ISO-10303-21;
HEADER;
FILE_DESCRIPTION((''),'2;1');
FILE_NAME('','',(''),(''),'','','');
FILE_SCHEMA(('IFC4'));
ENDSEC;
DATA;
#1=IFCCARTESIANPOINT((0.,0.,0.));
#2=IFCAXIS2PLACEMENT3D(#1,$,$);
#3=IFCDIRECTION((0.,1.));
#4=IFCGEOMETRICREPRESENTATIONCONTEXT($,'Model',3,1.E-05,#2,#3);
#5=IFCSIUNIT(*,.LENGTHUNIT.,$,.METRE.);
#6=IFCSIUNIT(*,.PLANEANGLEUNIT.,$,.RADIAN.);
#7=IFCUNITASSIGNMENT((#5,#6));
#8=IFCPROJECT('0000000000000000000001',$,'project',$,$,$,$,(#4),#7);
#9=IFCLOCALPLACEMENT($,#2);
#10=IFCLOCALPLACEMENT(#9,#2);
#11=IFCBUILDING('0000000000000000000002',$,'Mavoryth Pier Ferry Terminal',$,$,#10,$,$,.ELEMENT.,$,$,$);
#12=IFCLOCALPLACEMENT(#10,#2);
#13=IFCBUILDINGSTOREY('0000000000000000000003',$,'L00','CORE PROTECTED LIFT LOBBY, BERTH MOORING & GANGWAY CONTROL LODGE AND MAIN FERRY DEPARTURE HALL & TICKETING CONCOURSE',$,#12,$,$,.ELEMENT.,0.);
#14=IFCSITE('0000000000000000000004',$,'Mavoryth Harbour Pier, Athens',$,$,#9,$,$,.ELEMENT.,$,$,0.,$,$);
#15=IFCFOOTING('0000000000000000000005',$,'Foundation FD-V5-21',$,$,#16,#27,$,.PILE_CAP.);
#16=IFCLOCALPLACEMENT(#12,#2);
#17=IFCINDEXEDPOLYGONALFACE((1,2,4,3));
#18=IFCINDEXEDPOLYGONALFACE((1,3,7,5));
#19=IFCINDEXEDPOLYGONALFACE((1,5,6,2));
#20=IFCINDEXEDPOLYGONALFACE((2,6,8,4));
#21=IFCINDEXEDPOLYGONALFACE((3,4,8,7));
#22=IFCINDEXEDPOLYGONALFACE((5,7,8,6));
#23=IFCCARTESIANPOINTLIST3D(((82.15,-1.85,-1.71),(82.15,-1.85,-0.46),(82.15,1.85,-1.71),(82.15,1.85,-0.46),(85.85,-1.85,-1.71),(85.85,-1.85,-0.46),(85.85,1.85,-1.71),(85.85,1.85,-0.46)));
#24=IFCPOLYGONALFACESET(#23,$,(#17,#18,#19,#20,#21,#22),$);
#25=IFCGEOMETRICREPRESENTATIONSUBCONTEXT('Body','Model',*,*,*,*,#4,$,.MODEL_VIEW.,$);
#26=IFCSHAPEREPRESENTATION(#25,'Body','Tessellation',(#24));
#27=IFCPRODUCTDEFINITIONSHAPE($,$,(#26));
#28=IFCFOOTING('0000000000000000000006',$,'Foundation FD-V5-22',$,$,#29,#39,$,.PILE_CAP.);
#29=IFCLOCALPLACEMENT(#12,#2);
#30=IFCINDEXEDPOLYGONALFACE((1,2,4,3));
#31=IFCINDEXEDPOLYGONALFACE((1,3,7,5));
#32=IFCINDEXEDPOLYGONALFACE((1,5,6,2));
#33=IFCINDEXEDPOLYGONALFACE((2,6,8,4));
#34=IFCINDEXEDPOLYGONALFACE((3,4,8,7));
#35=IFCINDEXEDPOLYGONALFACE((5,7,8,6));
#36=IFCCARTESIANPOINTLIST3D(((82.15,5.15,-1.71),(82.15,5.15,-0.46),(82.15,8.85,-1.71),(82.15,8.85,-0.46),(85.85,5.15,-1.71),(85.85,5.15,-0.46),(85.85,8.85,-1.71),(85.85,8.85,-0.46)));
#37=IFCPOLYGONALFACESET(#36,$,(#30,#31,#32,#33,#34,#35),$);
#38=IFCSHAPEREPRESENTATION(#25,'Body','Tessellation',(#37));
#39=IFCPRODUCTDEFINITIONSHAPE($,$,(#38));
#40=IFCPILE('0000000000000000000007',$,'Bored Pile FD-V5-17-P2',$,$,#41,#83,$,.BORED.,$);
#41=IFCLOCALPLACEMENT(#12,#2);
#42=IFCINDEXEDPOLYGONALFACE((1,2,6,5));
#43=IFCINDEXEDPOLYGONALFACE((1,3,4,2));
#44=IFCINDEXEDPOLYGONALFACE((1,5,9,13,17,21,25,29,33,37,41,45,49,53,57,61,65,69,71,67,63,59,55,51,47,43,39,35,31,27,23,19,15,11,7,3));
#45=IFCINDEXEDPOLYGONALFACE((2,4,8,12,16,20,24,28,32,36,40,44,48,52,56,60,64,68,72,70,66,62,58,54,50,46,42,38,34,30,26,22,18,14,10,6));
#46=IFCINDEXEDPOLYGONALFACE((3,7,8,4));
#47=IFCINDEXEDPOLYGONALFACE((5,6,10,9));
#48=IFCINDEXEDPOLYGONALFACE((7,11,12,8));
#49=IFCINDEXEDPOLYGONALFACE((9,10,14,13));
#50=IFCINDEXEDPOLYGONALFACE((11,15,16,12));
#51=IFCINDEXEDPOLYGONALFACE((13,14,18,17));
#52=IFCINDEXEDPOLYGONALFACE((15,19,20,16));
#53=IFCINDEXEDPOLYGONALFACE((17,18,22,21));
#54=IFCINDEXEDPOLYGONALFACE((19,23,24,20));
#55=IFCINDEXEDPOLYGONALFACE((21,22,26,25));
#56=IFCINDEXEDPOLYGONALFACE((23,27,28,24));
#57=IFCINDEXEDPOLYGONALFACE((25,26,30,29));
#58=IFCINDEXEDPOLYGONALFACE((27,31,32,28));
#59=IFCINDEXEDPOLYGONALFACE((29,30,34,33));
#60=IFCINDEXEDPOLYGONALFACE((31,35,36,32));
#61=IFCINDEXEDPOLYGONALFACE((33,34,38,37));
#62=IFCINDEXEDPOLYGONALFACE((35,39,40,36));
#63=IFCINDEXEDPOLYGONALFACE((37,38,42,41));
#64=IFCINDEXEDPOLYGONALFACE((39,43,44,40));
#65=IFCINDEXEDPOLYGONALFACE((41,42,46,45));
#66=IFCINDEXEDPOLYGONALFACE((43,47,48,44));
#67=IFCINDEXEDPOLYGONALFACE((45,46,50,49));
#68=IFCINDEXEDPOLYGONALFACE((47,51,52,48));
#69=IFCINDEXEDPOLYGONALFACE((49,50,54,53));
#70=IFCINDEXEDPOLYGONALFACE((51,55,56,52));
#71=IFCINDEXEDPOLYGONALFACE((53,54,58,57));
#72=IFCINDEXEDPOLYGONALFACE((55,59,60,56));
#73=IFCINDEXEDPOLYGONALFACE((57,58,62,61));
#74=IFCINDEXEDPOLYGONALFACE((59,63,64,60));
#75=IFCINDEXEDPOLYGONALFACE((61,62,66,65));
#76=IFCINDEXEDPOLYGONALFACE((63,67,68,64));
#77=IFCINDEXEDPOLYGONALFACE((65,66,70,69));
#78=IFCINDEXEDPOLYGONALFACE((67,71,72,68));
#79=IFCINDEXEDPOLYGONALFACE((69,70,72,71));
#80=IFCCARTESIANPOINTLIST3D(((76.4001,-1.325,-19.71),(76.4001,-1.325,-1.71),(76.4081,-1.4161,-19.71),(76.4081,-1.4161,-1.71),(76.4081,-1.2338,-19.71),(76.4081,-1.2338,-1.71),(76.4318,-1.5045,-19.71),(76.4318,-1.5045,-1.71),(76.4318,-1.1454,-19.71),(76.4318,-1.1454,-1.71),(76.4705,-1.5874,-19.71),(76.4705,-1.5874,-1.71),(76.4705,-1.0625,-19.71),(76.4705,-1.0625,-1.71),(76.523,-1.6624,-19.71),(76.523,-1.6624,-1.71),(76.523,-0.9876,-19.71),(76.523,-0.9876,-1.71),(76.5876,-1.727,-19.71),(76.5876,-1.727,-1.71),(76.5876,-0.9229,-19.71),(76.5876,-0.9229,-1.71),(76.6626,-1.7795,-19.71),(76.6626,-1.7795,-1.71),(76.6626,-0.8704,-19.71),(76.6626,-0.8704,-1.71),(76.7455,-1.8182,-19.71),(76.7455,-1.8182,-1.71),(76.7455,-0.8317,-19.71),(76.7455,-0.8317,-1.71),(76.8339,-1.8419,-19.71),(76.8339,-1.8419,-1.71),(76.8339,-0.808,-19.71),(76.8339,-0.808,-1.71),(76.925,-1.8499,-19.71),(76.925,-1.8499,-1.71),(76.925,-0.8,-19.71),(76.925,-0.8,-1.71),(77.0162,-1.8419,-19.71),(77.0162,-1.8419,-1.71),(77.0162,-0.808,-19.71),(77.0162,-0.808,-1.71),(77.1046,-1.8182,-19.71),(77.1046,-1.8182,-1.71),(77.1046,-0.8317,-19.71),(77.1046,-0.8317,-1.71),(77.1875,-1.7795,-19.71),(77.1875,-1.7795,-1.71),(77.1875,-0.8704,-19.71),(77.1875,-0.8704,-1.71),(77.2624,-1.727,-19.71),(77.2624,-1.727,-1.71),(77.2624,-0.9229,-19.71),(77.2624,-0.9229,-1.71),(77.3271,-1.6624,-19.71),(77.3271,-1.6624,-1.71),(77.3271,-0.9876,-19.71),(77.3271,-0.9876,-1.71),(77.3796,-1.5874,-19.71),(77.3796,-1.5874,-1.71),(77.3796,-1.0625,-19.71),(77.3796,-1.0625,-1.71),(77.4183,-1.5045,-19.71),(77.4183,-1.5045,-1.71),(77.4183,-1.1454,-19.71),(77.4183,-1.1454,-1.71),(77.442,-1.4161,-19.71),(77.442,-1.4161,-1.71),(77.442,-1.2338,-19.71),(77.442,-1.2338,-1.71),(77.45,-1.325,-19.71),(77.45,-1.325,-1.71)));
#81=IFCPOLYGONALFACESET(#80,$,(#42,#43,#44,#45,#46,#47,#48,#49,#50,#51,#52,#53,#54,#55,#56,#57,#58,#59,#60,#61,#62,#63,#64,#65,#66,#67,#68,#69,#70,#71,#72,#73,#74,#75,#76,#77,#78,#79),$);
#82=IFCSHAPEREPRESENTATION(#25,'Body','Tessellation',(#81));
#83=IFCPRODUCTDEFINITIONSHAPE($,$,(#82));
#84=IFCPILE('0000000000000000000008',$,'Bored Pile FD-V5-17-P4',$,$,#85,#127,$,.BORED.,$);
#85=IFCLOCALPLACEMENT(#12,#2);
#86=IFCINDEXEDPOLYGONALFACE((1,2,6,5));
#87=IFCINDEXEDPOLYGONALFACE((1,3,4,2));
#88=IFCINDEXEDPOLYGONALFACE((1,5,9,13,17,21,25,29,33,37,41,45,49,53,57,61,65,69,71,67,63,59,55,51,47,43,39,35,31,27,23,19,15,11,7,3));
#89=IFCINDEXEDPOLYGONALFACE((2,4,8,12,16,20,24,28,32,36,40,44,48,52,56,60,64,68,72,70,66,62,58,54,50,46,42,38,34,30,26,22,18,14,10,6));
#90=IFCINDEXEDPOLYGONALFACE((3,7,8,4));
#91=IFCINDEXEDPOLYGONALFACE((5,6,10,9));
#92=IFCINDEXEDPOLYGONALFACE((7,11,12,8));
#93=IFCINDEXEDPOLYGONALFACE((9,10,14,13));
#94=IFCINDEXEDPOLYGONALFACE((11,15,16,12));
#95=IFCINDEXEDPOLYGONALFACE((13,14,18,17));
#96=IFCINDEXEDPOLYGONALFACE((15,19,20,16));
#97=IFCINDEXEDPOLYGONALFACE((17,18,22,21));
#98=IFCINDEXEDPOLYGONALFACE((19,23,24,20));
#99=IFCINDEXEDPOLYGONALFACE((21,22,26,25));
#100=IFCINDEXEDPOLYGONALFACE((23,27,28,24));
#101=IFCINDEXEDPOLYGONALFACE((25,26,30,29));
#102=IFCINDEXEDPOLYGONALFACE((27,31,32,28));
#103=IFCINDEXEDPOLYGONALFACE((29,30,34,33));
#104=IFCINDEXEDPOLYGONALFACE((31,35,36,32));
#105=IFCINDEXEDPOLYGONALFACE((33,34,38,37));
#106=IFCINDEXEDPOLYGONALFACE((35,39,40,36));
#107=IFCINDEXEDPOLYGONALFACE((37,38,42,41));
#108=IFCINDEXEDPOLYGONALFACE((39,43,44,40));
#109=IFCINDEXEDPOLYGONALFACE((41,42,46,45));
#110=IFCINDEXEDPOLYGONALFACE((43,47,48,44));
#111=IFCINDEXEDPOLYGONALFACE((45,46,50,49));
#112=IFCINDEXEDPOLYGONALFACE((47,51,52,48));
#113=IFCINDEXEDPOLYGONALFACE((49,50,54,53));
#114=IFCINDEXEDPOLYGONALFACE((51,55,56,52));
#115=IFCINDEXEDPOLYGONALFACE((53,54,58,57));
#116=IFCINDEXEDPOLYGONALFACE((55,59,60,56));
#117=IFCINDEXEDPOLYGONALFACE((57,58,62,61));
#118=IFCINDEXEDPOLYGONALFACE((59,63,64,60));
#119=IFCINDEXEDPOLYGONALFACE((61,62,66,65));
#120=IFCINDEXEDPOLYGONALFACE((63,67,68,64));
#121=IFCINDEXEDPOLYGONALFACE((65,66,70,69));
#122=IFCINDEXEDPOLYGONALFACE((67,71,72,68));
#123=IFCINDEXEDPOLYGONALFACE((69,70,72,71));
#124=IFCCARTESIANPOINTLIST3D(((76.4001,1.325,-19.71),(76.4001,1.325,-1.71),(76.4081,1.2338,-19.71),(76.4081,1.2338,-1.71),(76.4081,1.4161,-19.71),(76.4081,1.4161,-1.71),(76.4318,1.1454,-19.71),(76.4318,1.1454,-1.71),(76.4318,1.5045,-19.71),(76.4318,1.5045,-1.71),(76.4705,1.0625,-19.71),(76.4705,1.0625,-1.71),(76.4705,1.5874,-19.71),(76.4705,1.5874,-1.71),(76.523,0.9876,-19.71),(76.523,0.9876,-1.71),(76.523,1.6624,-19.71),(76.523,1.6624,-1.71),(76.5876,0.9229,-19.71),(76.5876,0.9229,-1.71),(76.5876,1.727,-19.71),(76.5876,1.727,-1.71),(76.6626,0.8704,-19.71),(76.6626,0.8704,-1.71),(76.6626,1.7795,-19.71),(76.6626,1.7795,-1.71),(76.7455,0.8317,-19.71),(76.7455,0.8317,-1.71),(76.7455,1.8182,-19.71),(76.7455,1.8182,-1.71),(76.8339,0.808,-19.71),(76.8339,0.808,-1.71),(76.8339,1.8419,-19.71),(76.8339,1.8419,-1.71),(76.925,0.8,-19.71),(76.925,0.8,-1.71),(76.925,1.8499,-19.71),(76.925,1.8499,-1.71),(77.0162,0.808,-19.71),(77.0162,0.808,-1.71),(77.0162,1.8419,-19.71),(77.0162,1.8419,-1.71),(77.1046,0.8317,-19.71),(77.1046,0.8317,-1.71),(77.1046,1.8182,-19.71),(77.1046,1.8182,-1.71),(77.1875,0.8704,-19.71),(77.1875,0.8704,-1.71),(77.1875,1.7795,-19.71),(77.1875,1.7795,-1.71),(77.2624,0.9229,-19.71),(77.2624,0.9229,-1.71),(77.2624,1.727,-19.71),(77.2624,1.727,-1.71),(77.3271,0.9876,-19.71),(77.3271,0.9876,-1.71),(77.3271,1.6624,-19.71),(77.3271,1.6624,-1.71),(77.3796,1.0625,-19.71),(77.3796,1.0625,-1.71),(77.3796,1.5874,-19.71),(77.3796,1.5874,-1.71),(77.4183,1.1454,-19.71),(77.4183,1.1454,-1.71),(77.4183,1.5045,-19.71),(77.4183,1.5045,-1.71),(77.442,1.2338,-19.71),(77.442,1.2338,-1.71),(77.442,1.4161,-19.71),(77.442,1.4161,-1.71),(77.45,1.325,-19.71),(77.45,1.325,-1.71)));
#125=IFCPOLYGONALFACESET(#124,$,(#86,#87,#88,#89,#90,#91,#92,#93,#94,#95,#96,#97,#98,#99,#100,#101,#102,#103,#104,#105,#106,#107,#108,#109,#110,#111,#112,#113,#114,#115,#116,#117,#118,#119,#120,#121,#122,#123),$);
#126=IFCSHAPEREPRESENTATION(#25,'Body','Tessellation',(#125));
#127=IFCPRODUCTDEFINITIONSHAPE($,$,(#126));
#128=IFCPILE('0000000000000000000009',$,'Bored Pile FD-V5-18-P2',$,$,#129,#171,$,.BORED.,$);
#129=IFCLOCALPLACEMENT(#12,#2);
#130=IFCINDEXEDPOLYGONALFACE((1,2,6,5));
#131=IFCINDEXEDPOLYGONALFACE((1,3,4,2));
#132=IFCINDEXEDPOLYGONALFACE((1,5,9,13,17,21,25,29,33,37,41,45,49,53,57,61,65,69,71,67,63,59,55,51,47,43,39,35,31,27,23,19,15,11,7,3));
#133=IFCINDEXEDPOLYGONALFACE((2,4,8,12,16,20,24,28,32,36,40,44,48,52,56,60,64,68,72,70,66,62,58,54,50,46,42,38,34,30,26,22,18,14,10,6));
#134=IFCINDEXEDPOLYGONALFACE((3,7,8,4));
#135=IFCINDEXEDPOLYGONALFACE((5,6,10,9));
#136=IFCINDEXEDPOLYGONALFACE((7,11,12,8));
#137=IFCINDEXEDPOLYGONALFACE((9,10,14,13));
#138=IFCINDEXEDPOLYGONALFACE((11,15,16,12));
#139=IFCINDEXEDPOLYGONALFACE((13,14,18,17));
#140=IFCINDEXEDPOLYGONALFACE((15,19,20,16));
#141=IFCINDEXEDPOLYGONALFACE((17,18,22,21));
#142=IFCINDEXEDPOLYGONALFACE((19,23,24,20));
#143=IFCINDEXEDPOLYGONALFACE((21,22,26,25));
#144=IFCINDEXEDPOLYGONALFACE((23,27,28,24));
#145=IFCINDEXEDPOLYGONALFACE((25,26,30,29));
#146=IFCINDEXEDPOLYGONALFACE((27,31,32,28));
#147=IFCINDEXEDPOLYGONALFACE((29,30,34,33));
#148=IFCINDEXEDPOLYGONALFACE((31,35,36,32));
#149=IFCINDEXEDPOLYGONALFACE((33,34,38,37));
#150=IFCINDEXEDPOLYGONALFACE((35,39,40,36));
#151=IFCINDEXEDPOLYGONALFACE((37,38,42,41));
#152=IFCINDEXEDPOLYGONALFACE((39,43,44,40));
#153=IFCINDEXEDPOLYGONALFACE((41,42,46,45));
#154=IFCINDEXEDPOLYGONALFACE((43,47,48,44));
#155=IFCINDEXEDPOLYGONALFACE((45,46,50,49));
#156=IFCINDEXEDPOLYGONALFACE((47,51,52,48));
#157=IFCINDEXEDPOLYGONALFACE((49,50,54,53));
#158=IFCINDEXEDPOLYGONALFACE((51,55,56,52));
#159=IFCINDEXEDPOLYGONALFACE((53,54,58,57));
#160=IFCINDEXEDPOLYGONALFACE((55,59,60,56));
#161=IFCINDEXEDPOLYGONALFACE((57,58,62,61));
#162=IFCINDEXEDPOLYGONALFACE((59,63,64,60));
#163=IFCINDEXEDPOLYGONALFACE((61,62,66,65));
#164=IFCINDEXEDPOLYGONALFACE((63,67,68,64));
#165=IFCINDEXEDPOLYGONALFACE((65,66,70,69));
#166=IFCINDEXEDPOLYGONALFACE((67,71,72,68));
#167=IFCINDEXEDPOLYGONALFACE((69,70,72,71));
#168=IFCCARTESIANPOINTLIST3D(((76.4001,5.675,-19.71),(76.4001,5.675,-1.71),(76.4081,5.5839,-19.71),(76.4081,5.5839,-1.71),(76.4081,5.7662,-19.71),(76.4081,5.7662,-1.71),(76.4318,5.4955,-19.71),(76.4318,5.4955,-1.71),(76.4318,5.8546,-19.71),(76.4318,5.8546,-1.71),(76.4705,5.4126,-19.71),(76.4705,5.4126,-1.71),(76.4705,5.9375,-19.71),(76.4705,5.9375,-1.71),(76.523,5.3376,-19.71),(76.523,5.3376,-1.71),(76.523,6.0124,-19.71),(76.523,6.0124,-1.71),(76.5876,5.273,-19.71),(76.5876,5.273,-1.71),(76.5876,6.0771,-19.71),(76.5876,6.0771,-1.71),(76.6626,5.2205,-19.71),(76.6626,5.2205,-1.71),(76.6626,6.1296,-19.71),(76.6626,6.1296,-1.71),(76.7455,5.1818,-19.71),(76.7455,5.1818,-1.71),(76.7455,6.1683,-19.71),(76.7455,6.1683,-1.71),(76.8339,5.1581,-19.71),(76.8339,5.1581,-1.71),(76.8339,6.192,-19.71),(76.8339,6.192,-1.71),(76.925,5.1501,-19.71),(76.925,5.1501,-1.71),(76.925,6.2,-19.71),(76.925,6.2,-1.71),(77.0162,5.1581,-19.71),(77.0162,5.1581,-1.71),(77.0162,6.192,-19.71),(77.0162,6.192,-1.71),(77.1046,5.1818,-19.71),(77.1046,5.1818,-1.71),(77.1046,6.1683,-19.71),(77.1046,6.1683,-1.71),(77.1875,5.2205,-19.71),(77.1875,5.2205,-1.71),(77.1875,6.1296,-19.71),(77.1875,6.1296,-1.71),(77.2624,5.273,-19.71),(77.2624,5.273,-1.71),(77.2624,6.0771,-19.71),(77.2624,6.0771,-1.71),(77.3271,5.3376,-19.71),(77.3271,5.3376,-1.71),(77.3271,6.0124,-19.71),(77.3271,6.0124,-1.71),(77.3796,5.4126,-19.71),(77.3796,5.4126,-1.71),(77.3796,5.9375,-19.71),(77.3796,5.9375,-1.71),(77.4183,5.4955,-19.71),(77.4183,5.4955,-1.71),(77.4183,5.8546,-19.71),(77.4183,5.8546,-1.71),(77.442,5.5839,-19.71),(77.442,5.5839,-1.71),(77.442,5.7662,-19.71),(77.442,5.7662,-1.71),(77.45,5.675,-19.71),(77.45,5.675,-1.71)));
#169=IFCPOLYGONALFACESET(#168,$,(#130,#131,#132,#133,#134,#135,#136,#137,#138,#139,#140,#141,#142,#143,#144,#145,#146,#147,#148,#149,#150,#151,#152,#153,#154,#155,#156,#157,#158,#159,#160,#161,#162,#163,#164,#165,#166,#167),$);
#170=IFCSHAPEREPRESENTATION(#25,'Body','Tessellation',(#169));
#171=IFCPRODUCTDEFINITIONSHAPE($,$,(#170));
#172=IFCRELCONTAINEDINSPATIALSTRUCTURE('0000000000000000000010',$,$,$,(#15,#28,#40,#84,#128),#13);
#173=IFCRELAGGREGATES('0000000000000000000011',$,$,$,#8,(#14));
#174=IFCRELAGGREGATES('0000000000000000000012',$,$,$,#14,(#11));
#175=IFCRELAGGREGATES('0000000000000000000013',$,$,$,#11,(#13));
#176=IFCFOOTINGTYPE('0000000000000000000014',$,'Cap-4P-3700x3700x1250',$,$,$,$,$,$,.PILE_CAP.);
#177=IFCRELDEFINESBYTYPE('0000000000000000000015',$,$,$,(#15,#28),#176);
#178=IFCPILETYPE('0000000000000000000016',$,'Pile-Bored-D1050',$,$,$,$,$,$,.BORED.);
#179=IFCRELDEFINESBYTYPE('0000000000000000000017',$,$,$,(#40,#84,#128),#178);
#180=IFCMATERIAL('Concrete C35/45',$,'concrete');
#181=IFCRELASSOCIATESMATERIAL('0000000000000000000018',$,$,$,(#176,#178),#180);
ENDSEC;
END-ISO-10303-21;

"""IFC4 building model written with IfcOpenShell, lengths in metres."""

from ifc_helpers import new_model, si_unit, direction, frame, origin, origin_2d, place, context, subcontext, project, spatial, rectangle, circle, extrude, material, material_profile, profile_set, type_object, element, save


model = new_model("IFC4")

# Units and contexts
model_context = context("Model", 3, precision=1e-05, world=origin(), true_north=direction((0.0, 1.0)))
body_context = subcontext(model_context, "Body", "Model", "MODEL_VIEW")
ifc_project = project(units=[si_unit("LENGTHUNIT", "METRE"), si_unit("PLANEANGLEUNIT", "RADIAN")], contexts=[model_context])

# Site, building, storey
site_placement = place(None, origin())
site = spatial("IfcSite", under=ifc_project, at=site_placement, Name="Mavoryth Harbour Pier, Athens", CompositionType="ELEMENT", RefElevation=0.0)
building_placement = place(site_placement, origin())
building = spatial("IfcBuilding", under=site, at=building_placement, Name="Mavoryth Pier Ferry Terminal", CompositionType="ELEMENT")
storey_placement = place(building_placement, origin())
storey = spatial("IfcBuildingStorey", under=building, at=storey_placement, Name="L00", Description="CORE PROTECTED LIFT LOBBY, BERTH MOORING & GANGWAY CONTROL LODGE AND MAIN FERRY DEPARTURE HALL & TICKETING CONCOURSE", CompositionType="ELEMENT", Elevation=0.0)

# Footings
ifc_material_1 = material(Name="Concrete C35/45", Category="concrete")
footing_type_1 = type_object("IfcFootingType", Name="Cap-4P-3700x3700x1250", PredefinedType="PILE_CAP", material=ifc_material_1)
for number, where, z_axis, x_axis, name in (
    (1, (84.0, 0.0, -1.71), (0.0, 0.0, 1.0), (1.0, 0.0, 0.0), "Foundation FD-V5-21"),
    (2, (84.0, 7.0, -1.71), (0.0, 0.0, 1.0), (1.0, 0.0, 0.0), "Foundation FD-V5-22"),
):
    element("IfcFooting", number, at=place(storey_placement, frame(where, z_axis=z_axis, x_axis=x_axis)), inside=storey, type_object=footing_type_1, Name=name, PredefinedType="PILE_CAP", context=body_context, shape_type="SweptSolid", body=[
        extrude(rectangle(XDim=3.7, YDim=3.7, at=origin_2d()), origin(), (0.0, 0.0, 1.0), 1.25),
    ])

# Piles
ifc_material_profile_1 = material_profile(ifc_material_1, circle(Radius=0.5249, at=origin_2d()), Name="PILE D1050", Category="concrete")
ifc_profile_set_1 = profile_set([ifc_material_profile_1], Name="Concrete C35/45 - PILE D1050")
pile_type_1 = type_object("IfcPileType", Name="Pile-Bored-D1050", PredefinedType="BORED", material=ifc_profile_set_1)
for number, where, z_axis, x_axis, name in (
    (3, (76.925, -1.325, -1.71), (0.0, 0.0, -1.0), (1.0, 0.0, 0.0), "Bored Pile FD-V5-17-P2"),
    (4, (76.925, 1.325, -1.71), (0.0, 0.0, -1.0), (1.0, 0.0, 0.0), "Bored Pile FD-V5-17-P4"),
    (5, (76.925, 5.675, -1.71), (0.0, 0.0, -1.0), (1.0, 0.0, 0.0), "Bored Pile FD-V5-18-P2"),
):
    element("IfcPile", number, at=place(storey_placement, frame(where, z_axis=z_axis, x_axis=x_axis)), inside=storey, type_object=pile_type_1, Name=name, PredefinedType="BORED", context=body_context, shape_type="SweptSolid", body=[
        extrude(circle(Radius=0.5249, at=origin_2d()), origin(), (0.0, 0.0, 1.0), 18.0),
    ])

save(model, "model.ifc")
